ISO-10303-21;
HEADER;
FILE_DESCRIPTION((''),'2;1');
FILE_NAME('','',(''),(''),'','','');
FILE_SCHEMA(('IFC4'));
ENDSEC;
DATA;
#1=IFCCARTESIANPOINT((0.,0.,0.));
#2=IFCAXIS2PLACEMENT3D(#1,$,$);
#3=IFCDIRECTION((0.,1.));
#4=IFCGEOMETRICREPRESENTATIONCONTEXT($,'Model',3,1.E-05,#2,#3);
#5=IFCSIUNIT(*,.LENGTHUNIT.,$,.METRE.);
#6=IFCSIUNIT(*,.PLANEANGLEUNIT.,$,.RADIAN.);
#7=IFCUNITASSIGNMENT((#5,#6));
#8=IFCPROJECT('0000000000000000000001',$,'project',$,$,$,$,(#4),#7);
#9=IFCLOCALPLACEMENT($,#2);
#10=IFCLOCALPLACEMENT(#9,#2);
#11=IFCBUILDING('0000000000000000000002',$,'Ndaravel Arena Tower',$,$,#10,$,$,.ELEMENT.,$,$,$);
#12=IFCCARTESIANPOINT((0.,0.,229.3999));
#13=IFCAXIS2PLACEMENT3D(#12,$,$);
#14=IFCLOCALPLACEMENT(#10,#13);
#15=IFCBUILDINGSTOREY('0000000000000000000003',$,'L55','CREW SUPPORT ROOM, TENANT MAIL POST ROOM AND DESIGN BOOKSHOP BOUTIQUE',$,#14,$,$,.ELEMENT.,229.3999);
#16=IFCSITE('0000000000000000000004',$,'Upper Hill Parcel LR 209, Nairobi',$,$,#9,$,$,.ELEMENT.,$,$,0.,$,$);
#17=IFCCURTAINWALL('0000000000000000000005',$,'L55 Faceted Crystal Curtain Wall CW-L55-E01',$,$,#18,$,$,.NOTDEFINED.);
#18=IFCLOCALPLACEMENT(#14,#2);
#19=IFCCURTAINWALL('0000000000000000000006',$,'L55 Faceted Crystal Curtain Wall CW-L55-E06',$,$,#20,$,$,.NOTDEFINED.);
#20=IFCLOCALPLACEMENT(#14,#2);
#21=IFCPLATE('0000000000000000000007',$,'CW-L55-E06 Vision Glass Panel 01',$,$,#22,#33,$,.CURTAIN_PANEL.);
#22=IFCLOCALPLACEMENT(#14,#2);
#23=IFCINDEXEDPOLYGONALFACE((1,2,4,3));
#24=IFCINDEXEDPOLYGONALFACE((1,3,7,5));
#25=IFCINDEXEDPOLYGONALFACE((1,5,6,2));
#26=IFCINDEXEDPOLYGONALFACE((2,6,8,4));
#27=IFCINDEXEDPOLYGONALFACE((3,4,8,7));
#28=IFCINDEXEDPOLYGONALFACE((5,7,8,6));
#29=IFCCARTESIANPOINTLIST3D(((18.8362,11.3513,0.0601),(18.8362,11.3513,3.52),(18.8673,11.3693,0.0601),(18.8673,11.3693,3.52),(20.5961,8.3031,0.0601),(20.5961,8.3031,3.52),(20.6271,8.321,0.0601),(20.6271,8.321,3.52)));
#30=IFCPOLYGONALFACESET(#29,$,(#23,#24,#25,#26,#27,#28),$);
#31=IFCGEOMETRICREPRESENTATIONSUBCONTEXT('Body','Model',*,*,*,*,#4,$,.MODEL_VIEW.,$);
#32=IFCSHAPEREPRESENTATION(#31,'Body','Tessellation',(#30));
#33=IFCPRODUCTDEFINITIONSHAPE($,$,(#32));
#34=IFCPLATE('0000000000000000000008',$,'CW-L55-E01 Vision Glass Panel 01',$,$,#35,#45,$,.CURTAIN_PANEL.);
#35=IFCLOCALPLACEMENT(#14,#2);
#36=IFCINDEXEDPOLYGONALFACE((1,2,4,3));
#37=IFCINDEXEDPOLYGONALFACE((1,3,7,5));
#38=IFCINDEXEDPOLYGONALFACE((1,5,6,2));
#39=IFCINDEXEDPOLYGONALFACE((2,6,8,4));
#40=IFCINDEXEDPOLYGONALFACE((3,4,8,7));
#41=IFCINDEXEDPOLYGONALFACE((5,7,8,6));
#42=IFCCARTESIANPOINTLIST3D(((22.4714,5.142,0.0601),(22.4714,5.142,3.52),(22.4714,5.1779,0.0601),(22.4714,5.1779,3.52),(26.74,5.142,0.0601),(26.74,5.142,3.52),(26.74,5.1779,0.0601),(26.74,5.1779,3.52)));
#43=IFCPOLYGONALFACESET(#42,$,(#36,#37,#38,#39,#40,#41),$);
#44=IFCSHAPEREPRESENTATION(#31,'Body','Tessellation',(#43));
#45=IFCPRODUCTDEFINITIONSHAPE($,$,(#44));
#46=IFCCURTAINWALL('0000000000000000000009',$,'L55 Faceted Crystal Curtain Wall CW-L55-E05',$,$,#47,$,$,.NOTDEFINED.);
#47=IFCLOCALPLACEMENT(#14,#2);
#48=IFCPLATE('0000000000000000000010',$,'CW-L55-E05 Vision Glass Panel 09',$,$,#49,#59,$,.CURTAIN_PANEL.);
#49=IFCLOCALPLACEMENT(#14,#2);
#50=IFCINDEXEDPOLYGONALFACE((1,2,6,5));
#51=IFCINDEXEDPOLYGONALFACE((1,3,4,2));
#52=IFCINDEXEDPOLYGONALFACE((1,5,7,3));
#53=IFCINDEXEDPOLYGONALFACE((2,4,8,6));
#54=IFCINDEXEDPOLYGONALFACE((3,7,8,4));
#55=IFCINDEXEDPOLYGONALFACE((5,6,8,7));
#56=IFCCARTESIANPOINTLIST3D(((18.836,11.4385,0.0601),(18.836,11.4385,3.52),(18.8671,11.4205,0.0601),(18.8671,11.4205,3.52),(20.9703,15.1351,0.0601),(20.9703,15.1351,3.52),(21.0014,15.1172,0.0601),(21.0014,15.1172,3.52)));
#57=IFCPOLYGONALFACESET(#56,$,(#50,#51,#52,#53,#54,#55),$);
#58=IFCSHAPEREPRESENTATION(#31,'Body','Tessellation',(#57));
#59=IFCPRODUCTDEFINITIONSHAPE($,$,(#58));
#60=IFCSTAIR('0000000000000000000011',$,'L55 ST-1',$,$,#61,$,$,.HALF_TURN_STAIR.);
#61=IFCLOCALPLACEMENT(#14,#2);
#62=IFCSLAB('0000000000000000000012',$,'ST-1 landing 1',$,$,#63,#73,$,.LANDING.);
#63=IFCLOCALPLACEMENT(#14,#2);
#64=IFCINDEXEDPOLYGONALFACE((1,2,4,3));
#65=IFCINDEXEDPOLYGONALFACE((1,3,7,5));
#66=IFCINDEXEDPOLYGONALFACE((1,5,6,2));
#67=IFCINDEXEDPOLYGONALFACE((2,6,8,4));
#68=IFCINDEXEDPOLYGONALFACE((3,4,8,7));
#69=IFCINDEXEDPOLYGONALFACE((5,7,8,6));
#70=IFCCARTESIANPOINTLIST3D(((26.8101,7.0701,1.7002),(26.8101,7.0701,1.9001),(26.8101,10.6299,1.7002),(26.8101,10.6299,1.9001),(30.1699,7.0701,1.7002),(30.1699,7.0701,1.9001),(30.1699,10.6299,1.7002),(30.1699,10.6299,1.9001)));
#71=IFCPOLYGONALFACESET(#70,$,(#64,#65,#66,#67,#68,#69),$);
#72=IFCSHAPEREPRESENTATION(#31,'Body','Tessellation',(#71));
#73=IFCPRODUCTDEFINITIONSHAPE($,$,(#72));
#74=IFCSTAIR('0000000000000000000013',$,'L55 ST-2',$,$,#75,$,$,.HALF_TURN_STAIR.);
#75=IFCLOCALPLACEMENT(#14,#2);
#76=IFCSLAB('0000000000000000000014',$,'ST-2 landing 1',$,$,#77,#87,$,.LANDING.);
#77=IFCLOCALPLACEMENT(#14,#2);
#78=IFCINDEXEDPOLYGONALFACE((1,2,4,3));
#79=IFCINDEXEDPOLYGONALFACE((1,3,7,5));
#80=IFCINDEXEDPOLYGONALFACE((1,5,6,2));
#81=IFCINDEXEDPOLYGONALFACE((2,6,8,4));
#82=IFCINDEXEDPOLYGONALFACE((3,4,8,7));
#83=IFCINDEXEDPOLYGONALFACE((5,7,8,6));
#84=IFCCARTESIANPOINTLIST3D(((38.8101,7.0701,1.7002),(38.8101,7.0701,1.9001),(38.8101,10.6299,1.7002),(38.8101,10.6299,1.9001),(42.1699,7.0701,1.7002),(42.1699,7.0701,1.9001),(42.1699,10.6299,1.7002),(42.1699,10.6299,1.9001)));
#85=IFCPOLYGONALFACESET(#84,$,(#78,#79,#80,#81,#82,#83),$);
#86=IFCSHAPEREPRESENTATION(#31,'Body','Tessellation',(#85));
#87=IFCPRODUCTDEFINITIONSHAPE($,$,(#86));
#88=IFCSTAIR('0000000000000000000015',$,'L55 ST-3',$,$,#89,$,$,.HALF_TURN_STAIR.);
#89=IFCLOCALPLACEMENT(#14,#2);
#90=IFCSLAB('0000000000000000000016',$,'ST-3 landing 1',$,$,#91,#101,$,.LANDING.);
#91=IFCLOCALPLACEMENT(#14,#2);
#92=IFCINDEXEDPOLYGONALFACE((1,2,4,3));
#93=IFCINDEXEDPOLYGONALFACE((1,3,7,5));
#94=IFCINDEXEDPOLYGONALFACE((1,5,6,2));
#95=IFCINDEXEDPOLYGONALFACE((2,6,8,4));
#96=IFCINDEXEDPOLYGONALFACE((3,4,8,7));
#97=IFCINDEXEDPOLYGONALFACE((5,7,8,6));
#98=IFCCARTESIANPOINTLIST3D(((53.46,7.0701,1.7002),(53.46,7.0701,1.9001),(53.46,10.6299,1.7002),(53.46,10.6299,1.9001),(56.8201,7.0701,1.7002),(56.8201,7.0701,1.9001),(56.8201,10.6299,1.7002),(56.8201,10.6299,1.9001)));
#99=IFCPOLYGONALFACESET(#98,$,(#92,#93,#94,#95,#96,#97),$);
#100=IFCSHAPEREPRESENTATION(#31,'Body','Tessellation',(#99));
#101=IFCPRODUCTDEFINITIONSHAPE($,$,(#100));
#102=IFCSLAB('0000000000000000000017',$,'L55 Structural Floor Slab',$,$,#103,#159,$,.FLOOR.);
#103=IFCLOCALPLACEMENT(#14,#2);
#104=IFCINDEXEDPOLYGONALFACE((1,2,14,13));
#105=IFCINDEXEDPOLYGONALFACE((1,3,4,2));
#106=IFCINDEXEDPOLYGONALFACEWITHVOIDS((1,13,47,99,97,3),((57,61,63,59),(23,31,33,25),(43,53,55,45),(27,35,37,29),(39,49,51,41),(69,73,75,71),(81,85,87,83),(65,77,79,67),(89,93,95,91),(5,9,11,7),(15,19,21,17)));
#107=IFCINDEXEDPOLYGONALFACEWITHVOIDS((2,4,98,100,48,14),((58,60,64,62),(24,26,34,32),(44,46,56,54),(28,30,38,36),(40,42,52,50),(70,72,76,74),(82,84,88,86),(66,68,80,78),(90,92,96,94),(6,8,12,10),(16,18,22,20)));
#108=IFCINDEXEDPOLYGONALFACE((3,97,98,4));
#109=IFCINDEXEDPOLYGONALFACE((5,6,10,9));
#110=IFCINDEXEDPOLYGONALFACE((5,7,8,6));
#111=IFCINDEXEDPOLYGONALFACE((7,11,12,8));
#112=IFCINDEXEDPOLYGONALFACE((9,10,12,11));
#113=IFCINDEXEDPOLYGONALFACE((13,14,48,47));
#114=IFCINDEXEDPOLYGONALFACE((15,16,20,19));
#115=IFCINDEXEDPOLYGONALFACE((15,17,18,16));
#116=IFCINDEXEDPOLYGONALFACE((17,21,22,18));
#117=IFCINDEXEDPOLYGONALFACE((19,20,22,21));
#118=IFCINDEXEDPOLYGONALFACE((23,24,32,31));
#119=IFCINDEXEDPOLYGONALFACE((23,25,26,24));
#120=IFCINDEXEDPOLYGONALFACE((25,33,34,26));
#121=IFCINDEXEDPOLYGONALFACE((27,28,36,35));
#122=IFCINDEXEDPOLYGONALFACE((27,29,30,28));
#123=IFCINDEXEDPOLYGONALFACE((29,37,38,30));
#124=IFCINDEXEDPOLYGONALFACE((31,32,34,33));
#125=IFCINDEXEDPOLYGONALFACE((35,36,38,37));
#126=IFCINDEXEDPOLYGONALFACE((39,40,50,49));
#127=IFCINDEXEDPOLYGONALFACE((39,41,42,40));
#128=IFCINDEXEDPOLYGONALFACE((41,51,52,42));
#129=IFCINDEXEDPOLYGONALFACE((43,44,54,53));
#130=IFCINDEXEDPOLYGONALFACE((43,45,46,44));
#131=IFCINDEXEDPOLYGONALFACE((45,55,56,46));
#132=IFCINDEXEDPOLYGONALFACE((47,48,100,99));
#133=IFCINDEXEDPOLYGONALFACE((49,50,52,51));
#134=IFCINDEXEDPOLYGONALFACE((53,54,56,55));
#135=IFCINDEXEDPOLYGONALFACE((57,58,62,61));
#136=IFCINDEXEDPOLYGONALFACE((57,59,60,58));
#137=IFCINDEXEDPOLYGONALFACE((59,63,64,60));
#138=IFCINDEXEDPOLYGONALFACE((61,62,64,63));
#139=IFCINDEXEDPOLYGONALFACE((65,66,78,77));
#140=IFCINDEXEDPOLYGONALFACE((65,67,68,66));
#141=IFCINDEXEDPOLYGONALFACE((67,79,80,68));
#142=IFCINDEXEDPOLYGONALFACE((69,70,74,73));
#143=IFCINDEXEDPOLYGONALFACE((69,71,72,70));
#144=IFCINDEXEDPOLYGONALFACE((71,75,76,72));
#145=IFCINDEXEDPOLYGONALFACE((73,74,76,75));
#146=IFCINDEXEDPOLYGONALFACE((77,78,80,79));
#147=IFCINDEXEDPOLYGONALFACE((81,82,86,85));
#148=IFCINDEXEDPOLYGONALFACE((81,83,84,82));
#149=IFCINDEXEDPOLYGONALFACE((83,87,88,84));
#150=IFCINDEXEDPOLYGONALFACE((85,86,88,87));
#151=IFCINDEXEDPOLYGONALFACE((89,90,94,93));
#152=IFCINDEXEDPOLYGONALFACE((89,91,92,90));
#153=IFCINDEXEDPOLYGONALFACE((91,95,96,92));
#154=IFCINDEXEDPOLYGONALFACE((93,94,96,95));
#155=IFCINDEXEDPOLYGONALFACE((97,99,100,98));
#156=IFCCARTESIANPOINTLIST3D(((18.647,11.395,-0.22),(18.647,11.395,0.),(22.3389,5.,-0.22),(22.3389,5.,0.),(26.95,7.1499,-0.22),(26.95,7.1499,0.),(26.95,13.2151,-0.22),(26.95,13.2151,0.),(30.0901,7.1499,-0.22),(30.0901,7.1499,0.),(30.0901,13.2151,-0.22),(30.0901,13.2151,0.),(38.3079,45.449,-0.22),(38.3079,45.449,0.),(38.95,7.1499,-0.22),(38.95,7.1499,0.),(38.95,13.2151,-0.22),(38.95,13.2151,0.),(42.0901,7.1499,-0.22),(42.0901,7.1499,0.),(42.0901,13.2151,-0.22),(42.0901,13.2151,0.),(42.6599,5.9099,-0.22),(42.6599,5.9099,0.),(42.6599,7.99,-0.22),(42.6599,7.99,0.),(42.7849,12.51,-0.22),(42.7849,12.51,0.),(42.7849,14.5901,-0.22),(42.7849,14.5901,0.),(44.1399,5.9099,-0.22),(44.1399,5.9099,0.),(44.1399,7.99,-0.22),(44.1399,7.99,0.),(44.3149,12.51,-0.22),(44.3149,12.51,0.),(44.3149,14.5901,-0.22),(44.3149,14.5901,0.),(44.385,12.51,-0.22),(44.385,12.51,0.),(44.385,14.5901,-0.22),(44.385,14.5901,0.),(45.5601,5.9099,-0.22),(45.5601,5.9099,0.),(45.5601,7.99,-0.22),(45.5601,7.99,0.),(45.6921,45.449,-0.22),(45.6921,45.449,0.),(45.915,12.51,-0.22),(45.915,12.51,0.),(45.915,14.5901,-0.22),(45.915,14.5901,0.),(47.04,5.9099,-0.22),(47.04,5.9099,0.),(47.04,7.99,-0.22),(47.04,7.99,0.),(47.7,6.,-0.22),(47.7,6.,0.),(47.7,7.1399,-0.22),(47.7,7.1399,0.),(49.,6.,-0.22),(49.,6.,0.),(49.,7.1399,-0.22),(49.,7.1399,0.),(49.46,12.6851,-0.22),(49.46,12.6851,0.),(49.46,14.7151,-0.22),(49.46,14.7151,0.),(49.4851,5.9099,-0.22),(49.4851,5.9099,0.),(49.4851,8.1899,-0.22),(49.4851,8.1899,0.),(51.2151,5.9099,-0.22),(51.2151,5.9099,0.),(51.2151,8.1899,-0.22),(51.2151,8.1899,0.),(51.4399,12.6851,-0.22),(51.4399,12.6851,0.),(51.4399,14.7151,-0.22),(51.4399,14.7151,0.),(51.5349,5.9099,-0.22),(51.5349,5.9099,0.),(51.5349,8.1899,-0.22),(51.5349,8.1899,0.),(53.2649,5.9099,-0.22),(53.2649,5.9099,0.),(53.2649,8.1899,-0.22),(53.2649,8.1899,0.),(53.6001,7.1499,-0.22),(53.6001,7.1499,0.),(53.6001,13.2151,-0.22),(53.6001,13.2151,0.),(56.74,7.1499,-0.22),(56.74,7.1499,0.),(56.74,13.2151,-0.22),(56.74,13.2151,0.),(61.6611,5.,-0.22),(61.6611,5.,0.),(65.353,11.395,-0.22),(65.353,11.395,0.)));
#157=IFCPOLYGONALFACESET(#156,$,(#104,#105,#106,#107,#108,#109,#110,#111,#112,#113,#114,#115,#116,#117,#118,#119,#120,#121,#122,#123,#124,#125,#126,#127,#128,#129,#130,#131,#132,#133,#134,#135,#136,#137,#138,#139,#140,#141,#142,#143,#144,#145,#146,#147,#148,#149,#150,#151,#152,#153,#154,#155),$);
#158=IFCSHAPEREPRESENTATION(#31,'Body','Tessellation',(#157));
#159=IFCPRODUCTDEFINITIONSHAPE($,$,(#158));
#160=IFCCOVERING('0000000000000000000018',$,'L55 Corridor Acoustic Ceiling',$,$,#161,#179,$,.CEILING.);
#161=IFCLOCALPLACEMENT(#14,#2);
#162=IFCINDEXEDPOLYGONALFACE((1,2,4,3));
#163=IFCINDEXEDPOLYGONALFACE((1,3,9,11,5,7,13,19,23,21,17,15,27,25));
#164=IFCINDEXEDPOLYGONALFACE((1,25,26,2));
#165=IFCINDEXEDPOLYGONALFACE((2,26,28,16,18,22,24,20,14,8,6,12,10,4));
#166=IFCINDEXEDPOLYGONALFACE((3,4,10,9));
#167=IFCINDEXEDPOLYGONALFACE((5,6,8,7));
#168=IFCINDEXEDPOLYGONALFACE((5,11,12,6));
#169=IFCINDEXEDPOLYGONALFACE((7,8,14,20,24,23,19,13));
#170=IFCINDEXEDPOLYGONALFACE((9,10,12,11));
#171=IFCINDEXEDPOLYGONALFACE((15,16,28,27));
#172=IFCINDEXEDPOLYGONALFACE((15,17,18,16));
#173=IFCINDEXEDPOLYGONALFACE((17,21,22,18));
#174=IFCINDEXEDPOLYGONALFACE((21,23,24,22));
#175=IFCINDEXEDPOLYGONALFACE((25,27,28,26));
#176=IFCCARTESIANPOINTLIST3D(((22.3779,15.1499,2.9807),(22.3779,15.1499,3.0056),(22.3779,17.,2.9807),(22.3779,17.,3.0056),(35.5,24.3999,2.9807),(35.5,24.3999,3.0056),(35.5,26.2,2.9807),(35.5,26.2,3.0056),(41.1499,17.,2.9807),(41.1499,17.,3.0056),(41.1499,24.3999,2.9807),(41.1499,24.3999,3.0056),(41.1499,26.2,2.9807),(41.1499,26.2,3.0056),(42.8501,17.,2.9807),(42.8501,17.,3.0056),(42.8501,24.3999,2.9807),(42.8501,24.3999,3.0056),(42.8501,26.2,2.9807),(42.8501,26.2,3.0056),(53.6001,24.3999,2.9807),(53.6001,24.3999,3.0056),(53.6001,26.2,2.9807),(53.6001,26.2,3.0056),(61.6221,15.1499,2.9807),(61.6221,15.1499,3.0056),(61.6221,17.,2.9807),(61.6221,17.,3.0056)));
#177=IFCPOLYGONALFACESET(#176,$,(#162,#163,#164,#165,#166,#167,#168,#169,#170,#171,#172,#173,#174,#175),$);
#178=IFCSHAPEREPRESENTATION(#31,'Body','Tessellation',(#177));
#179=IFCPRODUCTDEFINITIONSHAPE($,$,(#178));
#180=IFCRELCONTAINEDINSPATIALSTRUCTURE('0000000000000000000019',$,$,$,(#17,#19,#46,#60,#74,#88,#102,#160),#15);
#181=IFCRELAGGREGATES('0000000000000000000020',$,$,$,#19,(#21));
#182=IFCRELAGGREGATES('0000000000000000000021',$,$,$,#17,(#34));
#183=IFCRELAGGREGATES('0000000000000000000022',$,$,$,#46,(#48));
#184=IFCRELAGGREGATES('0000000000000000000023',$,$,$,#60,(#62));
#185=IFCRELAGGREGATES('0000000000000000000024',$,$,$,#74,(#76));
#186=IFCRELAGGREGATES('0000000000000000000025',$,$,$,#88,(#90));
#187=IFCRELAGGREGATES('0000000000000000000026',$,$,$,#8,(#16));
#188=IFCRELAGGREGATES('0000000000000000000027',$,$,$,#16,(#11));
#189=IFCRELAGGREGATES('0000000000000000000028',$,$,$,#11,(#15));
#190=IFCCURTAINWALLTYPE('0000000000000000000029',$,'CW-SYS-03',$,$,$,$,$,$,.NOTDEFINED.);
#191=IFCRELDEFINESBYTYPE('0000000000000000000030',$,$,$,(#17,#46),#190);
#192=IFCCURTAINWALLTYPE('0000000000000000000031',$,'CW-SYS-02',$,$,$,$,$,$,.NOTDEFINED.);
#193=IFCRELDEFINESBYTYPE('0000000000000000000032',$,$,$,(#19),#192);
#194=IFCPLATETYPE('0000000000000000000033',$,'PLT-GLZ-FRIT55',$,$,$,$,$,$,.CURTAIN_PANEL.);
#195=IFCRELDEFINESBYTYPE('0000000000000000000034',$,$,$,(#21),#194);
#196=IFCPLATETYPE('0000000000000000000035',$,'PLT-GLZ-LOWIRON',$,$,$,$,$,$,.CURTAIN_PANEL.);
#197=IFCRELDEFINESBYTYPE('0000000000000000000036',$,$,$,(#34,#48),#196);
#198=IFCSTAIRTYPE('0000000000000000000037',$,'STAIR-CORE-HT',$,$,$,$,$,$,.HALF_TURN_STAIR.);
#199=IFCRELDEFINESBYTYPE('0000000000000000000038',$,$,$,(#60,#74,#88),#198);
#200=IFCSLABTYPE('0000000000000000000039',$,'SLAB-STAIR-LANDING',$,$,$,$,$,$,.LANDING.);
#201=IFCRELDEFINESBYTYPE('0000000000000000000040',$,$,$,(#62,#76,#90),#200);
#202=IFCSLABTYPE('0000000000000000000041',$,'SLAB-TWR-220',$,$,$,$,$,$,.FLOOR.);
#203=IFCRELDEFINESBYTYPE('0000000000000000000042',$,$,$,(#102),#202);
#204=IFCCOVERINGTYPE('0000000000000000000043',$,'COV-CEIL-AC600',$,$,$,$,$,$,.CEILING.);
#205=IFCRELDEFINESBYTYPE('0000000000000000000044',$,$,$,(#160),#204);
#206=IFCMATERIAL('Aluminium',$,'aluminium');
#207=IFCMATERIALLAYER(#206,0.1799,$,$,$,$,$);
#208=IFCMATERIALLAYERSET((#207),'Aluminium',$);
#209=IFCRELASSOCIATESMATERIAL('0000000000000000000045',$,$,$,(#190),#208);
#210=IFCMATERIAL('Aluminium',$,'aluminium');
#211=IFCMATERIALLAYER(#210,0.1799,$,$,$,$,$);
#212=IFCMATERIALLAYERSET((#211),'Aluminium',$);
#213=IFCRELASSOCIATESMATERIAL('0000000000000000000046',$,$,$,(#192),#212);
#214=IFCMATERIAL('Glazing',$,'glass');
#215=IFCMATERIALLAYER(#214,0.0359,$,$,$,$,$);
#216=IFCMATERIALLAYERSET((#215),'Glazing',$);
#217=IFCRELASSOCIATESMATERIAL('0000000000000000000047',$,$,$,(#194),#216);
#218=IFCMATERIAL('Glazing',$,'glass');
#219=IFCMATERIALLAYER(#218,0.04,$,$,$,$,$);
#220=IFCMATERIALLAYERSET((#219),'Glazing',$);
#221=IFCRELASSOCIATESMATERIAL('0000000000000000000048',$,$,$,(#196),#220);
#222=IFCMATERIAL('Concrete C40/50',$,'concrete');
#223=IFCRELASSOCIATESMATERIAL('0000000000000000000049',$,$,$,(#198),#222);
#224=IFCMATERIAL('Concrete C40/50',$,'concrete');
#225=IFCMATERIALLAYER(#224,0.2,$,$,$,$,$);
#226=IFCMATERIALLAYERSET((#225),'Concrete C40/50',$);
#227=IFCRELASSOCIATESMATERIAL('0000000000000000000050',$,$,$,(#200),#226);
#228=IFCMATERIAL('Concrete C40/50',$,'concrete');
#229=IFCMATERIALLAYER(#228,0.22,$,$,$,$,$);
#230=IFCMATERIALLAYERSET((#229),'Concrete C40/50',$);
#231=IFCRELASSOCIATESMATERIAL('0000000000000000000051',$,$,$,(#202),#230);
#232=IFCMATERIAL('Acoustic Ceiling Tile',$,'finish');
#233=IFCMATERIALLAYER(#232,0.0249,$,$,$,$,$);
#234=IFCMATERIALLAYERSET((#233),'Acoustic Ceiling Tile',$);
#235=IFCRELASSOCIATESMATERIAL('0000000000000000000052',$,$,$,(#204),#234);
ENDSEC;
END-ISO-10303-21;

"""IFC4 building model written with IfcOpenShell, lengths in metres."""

from ifc_helpers import new_model, si_unit, direction, frame, origin, origin_2d, place, context, subcontext, project, spatial, polyline, rectangle, outline, extrude, material, layer, layer_set, type_object, element, aggregate, save


model = new_model("IFC4")

# Units and contexts
model_context = context("Model", 3, precision=1e-05, world=origin(), true_north=direction((0.0, 1.0)))
body_context = subcontext(model_context, "Body", "Model", "MODEL_VIEW")
ifc_project = project(units=[si_unit("LENGTHUNIT", "METRE"), si_unit("PLANEANGLEUNIT", "RADIAN")], contexts=[model_context])

# Site, building, storey
site_placement = place(None, origin())
site = spatial("IfcSite", under=ifc_project, at=site_placement, Name="Upper Hill Parcel LR 209, Nairobi", CompositionType="ELEMENT", RefElevation=0.0)
building_placement = place(site_placement, origin())
building = spatial("IfcBuilding", under=site, at=building_placement, Name="Ndaravel Arena Tower", CompositionType="ELEMENT")
storey_placement = place(building_placement, frame((0.0, 0.0, 229.3999)))
storey = spatial("IfcBuildingStorey", under=building, at=storey_placement, Name="L55", Description="CREW SUPPORT ROOM, TENANT MAIL POST ROOM AND DESIGN BOOKSHOP BOUTIQUE", CompositionType="ELEMENT", Elevation=229.3999)

# Curtain wall
ifc_material_1 = material(Name="Aluminium", Category="aluminium")
ifc_layer_1 = layer(ifc_material_1, 0.1799)
ifc_layer_set_1 = layer_set([ifc_layer_1], Name="Aluminium")
curtain_wall_type_1 = type_object("IfcCurtainWallType", Name="CW-SYS-03", PredefinedType="NOTDEFINED", material=ifc_layer_set_1)
curtain_wall_1_placement = place(storey_placement, origin())
curtain_wall_1 = element("IfcCurtainWall", 1, at=curtain_wall_1_placement, inside=storey, type_object=curtain_wall_type_1, Name="L55 Faceted Crystal Curtain Wall CW-L55-E01", PredefinedType="NOTDEFINED")

# Curtain wall
ifc_material_2 = material(Name="Aluminium", Category="aluminium")
ifc_layer_2 = layer(ifc_material_2, 0.1799)
ifc_layer_set_2 = layer_set([ifc_layer_2], Name="Aluminium")
curtain_wall_type_2 = type_object("IfcCurtainWallType", Name="CW-SYS-02", PredefinedType="NOTDEFINED", material=ifc_layer_set_2)
curtain_wall_2_placement = place(storey_placement, origin())
curtain_wall_2 = element("IfcCurtainWall", 2, at=curtain_wall_2_placement, inside=storey, type_object=curtain_wall_type_2, Name="L55 Faceted Crystal Curtain Wall CW-L55-E06", PredefinedType="NOTDEFINED")

# Plates
ifc_material_3 = material(Name="Glazing", Category="glass")
ifc_layer_3 = layer(ifc_material_3, 0.0359)
ifc_layer_set_3 = layer_set([ifc_layer_3], Name="Glazing")
plate_type_1 = type_object("IfcPlateType", Name="PLT-GLZ-FRIT55", PredefinedType="CURTAIN_PANEL", material=ifc_layer_set_3)
plate_1_placement = place(storey_placement, frame((19.7317, 9.8362, 0.0601), z_axis=(0.0, 0.0, 1.0), x_axis=(0.499985, -0.866034, 0.0)))
plate_1 = element("IfcPlate", 3, at=plate_1_placement, type_object=plate_type_1, Name="CW-L55-E06 Vision Glass Panel 01", PredefinedType="CURTAIN_PANEL", context=body_context, shape_type="SweptSolid", body=[
    extrude(rectangle(XDim=3.5198, YDim=0.0359, at=origin_2d()), origin(), (0.0, 0.0, 1.0), 3.46),
])
aggregate(curtain_wall_2, [plate_1])
ifc_material_4 = material(Name="Glazing", Category="glass")
ifc_layer_4 = layer(ifc_material_4, 0.04)
ifc_layer_set_4 = layer_set([ifc_layer_4], Name="Glazing")
plate_type_2 = type_object("IfcPlateType", Name="PLT-GLZ-LOWIRON", PredefinedType="CURTAIN_PANEL", material=ifc_layer_set_4)
plate_2_placement = place(storey_placement, frame((24.6057, 5.1599, 0.0601), z_axis=(0.0, 0.0, 1.0), x_axis=(1.0, 0.0, 0.0)))
plate_2 = element("IfcPlate", 4, at=plate_2_placement, type_object=plate_type_2, Name="CW-L55-E01 Vision Glass Panel 01", PredefinedType="CURTAIN_PANEL", context=body_context, shape_type="SweptSolid", body=[
    extrude(rectangle(XDim=4.2686, YDim=0.0359, at=origin_2d()), origin(), (0.0, 0.0, 1.0), 3.46),
])
aggregate(curtain_wall_1, [plate_2])

# Curtain wall, plate
curtain_wall_3_placement = place(storey_placement, origin())
curtain_wall_3 = element("IfcCurtainWall", 5, at=curtain_wall_3_placement, inside=storey, type_object=curtain_wall_type_1, Name="L55 Faceted Crystal Curtain Wall CW-L55-E05", PredefinedType="NOTDEFINED")
plate_3_placement = place(storey_placement, frame((19.9187, 13.2778, 0.0601), z_axis=(0.0, 0.0, 1.0), x_axis=(-0.5, -0.866025, 0.0)))
plate_3 = element("IfcPlate", 6, at=plate_3_placement, type_object=plate_type_2, Name="CW-L55-E05 Vision Glass Panel 09", PredefinedType="CURTAIN_PANEL", context=body_context, shape_type="SweptSolid", body=[
    extrude(rectangle(XDim=4.2686, YDim=0.0359, at=origin_2d()), origin(), (0.0, 0.0, 1.0), 3.46),
])
aggregate(curtain_wall_3, [plate_3])

# Stairs, slabs
ifc_material_5 = material(Name="Concrete C40/50", Category="concrete")
stair_type = type_object("IfcStairType", Name="STAIR-CORE-HT", PredefinedType="HALF_TURN_STAIR", material=ifc_material_5)
stair_1_placement = place(storey_placement, origin())
stair_1 = element("IfcStair", 7, at=stair_1_placement, inside=storey, type_object=stair_type, Name="L55 ST-1", PredefinedType="HALF_TURN_STAIR")
ifc_material_6 = material(Name="Concrete C40/50", Category="concrete")
ifc_layer_5 = layer(ifc_material_6, 0.2)
ifc_layer_set_5 = layer_set([ifc_layer_5], Name="Concrete C40/50")
slab_type_1 = type_object("IfcSlabType", Name="SLAB-STAIR-LANDING", PredefinedType="LANDING", material=ifc_layer_set_5)
slab_1_placement = place(storey_placement, frame((0.0, 0.0, 1.7002)))
slab_1 = element("IfcSlab", 8, at=slab_1_placement, type_object=slab_type_1, Name="ST-1 landing 1", PredefinedType="LANDING", context=body_context, shape_type="SweptSolid", body=[
    extrude(outline(polyline([(26.8101, 10.6299), (26.8101, 7.0701), (30.1699, 7.0701), (30.1699, 10.6299), (26.8101, 10.6299)])), origin(), (0.0, 0.0, 1.0), 0.2),
])
aggregate(stair_1, [slab_1])
stair_2_placement = place(storey_placement, origin())
stair_2 = element("IfcStair", 9, at=stair_2_placement, inside=storey, type_object=stair_type, Name="L55 ST-2", PredefinedType="HALF_TURN_STAIR")
slab_2_placement = place(storey_placement, frame((0.0, 0.0, 1.7002)))
slab_2 = element("IfcSlab", 10, at=slab_2_placement, type_object=slab_type_1, Name="ST-2 landing 1", PredefinedType="LANDING", context=body_context, shape_type="SweptSolid", body=[
    extrude(outline(polyline([(38.8101, 10.6299), (38.8101, 7.0701), (42.1699, 7.0701), (42.1699, 10.6299), (38.8101, 10.6299)])), origin(), (0.0, 0.0, 1.0), 0.2),
])
aggregate(stair_2, [slab_2])
stair_3_placement = place(storey_placement, origin())
stair_3 = element("IfcStair", 11, at=stair_3_placement, inside=storey, type_object=stair_type, Name="L55 ST-3", PredefinedType="HALF_TURN_STAIR")
slab_3_placement = place(storey_placement, frame((0.0, 0.0, 1.7002)))
slab_3 = element("IfcSlab", 12, at=slab_3_placement, type_object=slab_type_1, Name="ST-3 landing 1", PredefinedType="LANDING", context=body_context, shape_type="SweptSolid", body=[
    extrude(outline(polyline([(53.46, 10.6299), (53.46, 7.0701), (56.8201, 7.0701), (56.8201, 10.6299), (53.46, 10.6299)])), origin(), (0.0, 0.0, 1.0), 0.2),
])
aggregate(stair_3, [slab_3])

# Slab
ifc_material_7 = material(Name="Concrete C40/50", Category="concrete")
ifc_layer_6 = layer(ifc_material_7, 0.22)
ifc_layer_set_6 = layer_set([ifc_layer_6], Name="Concrete C40/50")
slab_type_2 = type_object("IfcSlabType", Name="SLAB-TWR-220", PredefinedType="FLOOR", material=ifc_layer_set_6)
slab_4_placement = place(storey_placement, frame((0.0, 0.0, -0.22)))
element("IfcSlab", 13, at=slab_4_placement, inside=storey, type_object=slab_type_2, Name="L55 Structural Floor Slab", PredefinedType="FLOOR", context=body_context, shape_type="SweptSolid", body=[
    extrude(outline(polyline([(18.647, 11.395), (22.3389, 5.0), (61.6611, 5.0), (65.353, 11.395), (45.6921, 45.449), (38.3079, 45.449), (18.647, 11.395)]), holes=[polyline([(26.95, 13.2151), (26.95, 7.1499), (30.0901, 7.1499), (30.0901, 13.2151), (26.95, 13.2151)]), polyline([(38.95, 13.2151), (38.95, 7.1499), (42.0901, 7.1499), (42.0901, 13.2151), (38.95, 13.2151)]), polyline([(53.6001, 13.2151), (53.6001, 7.1499), (56.74, 7.1499), (56.74, 13.2151), (53.6001, 13.2151)]), polyline([(42.6599, 5.9099), (44.1399, 5.9099), (44.1399, 7.99), (42.6599, 7.99), (42.6599, 5.9099)]), polyline([(45.5601, 5.9099), (47.04, 5.9099), (47.04, 7.99), (45.5601, 7.99), (45.5601, 5.9099)]), polyline([(42.7849, 12.51), (44.3149, 12.51), (44.3149, 14.5901), (42.7849, 14.5901), (42.7849, 12.51)]), polyline([(44.385, 12.51), (45.915, 12.51), (45.915, 14.5901), (44.385, 14.5901), (44.385, 12.51)]), polyline([(49.4851, 5.9099), (51.2151, 5.9099), (51.2151, 8.1899), (49.4851, 8.1899), (49.4851, 5.9099)]), polyline([(51.5349, 5.9099), (53.2649, 5.9099), (53.2649, 8.1899), (51.5349, 8.1899), (51.5349, 5.9099)]), polyline([(49.46, 12.6851), (51.4399, 12.6851), (51.4399, 14.7151), (49.46, 14.7151), (49.46, 12.6851)]), polyline([(47.7, 6.0), (49.0, 6.0), (49.0, 7.1399), (47.7, 7.1399), (47.7, 6.0)])]), origin(), (0.0, 0.0, 1.0), 0.22),
])

# Covering
ifc_material_8 = material(Name="Acoustic Ceiling Tile", Category="finish")
ifc_layer_7 = layer(ifc_material_8, 0.0249)
ifc_layer_set_7 = layer_set([ifc_layer_7], Name="Acoustic Ceiling Tile")
covering_type_1 = type_object("IfcCoveringType", Name="COV-CEIL-AC600", PredefinedType="CEILING", material=ifc_layer_set_7)
covering_1_placement = place(storey_placement, frame((0.0, 0.0, 2.9807)))
element("IfcCovering", 14, at=covering_1_placement, inside=storey, type_object=covering_type_1, Name="L55 Corridor Acoustic Ceiling", PredefinedType="CEILING", context=body_context, shape_type="SweptSolid", body=[
    extrude(outline(polyline([(61.6221, 17.0), (42.8501, 17.0), (42.8501, 24.3999), (53.6001, 24.3999), (53.6001, 26.2), (42.8501, 26.2), (41.1499, 26.2), (35.5, 26.2), (35.5, 24.3999), (41.1499, 24.3999), (41.1499, 17.0), (22.3779, 17.0), (22.3779, 15.1499), (61.6221, 15.1499), (61.6221, 17.0)])), origin(), (0.0, 0.0, 1.0), 0.0249),
])

save(model, "model.ifc")
